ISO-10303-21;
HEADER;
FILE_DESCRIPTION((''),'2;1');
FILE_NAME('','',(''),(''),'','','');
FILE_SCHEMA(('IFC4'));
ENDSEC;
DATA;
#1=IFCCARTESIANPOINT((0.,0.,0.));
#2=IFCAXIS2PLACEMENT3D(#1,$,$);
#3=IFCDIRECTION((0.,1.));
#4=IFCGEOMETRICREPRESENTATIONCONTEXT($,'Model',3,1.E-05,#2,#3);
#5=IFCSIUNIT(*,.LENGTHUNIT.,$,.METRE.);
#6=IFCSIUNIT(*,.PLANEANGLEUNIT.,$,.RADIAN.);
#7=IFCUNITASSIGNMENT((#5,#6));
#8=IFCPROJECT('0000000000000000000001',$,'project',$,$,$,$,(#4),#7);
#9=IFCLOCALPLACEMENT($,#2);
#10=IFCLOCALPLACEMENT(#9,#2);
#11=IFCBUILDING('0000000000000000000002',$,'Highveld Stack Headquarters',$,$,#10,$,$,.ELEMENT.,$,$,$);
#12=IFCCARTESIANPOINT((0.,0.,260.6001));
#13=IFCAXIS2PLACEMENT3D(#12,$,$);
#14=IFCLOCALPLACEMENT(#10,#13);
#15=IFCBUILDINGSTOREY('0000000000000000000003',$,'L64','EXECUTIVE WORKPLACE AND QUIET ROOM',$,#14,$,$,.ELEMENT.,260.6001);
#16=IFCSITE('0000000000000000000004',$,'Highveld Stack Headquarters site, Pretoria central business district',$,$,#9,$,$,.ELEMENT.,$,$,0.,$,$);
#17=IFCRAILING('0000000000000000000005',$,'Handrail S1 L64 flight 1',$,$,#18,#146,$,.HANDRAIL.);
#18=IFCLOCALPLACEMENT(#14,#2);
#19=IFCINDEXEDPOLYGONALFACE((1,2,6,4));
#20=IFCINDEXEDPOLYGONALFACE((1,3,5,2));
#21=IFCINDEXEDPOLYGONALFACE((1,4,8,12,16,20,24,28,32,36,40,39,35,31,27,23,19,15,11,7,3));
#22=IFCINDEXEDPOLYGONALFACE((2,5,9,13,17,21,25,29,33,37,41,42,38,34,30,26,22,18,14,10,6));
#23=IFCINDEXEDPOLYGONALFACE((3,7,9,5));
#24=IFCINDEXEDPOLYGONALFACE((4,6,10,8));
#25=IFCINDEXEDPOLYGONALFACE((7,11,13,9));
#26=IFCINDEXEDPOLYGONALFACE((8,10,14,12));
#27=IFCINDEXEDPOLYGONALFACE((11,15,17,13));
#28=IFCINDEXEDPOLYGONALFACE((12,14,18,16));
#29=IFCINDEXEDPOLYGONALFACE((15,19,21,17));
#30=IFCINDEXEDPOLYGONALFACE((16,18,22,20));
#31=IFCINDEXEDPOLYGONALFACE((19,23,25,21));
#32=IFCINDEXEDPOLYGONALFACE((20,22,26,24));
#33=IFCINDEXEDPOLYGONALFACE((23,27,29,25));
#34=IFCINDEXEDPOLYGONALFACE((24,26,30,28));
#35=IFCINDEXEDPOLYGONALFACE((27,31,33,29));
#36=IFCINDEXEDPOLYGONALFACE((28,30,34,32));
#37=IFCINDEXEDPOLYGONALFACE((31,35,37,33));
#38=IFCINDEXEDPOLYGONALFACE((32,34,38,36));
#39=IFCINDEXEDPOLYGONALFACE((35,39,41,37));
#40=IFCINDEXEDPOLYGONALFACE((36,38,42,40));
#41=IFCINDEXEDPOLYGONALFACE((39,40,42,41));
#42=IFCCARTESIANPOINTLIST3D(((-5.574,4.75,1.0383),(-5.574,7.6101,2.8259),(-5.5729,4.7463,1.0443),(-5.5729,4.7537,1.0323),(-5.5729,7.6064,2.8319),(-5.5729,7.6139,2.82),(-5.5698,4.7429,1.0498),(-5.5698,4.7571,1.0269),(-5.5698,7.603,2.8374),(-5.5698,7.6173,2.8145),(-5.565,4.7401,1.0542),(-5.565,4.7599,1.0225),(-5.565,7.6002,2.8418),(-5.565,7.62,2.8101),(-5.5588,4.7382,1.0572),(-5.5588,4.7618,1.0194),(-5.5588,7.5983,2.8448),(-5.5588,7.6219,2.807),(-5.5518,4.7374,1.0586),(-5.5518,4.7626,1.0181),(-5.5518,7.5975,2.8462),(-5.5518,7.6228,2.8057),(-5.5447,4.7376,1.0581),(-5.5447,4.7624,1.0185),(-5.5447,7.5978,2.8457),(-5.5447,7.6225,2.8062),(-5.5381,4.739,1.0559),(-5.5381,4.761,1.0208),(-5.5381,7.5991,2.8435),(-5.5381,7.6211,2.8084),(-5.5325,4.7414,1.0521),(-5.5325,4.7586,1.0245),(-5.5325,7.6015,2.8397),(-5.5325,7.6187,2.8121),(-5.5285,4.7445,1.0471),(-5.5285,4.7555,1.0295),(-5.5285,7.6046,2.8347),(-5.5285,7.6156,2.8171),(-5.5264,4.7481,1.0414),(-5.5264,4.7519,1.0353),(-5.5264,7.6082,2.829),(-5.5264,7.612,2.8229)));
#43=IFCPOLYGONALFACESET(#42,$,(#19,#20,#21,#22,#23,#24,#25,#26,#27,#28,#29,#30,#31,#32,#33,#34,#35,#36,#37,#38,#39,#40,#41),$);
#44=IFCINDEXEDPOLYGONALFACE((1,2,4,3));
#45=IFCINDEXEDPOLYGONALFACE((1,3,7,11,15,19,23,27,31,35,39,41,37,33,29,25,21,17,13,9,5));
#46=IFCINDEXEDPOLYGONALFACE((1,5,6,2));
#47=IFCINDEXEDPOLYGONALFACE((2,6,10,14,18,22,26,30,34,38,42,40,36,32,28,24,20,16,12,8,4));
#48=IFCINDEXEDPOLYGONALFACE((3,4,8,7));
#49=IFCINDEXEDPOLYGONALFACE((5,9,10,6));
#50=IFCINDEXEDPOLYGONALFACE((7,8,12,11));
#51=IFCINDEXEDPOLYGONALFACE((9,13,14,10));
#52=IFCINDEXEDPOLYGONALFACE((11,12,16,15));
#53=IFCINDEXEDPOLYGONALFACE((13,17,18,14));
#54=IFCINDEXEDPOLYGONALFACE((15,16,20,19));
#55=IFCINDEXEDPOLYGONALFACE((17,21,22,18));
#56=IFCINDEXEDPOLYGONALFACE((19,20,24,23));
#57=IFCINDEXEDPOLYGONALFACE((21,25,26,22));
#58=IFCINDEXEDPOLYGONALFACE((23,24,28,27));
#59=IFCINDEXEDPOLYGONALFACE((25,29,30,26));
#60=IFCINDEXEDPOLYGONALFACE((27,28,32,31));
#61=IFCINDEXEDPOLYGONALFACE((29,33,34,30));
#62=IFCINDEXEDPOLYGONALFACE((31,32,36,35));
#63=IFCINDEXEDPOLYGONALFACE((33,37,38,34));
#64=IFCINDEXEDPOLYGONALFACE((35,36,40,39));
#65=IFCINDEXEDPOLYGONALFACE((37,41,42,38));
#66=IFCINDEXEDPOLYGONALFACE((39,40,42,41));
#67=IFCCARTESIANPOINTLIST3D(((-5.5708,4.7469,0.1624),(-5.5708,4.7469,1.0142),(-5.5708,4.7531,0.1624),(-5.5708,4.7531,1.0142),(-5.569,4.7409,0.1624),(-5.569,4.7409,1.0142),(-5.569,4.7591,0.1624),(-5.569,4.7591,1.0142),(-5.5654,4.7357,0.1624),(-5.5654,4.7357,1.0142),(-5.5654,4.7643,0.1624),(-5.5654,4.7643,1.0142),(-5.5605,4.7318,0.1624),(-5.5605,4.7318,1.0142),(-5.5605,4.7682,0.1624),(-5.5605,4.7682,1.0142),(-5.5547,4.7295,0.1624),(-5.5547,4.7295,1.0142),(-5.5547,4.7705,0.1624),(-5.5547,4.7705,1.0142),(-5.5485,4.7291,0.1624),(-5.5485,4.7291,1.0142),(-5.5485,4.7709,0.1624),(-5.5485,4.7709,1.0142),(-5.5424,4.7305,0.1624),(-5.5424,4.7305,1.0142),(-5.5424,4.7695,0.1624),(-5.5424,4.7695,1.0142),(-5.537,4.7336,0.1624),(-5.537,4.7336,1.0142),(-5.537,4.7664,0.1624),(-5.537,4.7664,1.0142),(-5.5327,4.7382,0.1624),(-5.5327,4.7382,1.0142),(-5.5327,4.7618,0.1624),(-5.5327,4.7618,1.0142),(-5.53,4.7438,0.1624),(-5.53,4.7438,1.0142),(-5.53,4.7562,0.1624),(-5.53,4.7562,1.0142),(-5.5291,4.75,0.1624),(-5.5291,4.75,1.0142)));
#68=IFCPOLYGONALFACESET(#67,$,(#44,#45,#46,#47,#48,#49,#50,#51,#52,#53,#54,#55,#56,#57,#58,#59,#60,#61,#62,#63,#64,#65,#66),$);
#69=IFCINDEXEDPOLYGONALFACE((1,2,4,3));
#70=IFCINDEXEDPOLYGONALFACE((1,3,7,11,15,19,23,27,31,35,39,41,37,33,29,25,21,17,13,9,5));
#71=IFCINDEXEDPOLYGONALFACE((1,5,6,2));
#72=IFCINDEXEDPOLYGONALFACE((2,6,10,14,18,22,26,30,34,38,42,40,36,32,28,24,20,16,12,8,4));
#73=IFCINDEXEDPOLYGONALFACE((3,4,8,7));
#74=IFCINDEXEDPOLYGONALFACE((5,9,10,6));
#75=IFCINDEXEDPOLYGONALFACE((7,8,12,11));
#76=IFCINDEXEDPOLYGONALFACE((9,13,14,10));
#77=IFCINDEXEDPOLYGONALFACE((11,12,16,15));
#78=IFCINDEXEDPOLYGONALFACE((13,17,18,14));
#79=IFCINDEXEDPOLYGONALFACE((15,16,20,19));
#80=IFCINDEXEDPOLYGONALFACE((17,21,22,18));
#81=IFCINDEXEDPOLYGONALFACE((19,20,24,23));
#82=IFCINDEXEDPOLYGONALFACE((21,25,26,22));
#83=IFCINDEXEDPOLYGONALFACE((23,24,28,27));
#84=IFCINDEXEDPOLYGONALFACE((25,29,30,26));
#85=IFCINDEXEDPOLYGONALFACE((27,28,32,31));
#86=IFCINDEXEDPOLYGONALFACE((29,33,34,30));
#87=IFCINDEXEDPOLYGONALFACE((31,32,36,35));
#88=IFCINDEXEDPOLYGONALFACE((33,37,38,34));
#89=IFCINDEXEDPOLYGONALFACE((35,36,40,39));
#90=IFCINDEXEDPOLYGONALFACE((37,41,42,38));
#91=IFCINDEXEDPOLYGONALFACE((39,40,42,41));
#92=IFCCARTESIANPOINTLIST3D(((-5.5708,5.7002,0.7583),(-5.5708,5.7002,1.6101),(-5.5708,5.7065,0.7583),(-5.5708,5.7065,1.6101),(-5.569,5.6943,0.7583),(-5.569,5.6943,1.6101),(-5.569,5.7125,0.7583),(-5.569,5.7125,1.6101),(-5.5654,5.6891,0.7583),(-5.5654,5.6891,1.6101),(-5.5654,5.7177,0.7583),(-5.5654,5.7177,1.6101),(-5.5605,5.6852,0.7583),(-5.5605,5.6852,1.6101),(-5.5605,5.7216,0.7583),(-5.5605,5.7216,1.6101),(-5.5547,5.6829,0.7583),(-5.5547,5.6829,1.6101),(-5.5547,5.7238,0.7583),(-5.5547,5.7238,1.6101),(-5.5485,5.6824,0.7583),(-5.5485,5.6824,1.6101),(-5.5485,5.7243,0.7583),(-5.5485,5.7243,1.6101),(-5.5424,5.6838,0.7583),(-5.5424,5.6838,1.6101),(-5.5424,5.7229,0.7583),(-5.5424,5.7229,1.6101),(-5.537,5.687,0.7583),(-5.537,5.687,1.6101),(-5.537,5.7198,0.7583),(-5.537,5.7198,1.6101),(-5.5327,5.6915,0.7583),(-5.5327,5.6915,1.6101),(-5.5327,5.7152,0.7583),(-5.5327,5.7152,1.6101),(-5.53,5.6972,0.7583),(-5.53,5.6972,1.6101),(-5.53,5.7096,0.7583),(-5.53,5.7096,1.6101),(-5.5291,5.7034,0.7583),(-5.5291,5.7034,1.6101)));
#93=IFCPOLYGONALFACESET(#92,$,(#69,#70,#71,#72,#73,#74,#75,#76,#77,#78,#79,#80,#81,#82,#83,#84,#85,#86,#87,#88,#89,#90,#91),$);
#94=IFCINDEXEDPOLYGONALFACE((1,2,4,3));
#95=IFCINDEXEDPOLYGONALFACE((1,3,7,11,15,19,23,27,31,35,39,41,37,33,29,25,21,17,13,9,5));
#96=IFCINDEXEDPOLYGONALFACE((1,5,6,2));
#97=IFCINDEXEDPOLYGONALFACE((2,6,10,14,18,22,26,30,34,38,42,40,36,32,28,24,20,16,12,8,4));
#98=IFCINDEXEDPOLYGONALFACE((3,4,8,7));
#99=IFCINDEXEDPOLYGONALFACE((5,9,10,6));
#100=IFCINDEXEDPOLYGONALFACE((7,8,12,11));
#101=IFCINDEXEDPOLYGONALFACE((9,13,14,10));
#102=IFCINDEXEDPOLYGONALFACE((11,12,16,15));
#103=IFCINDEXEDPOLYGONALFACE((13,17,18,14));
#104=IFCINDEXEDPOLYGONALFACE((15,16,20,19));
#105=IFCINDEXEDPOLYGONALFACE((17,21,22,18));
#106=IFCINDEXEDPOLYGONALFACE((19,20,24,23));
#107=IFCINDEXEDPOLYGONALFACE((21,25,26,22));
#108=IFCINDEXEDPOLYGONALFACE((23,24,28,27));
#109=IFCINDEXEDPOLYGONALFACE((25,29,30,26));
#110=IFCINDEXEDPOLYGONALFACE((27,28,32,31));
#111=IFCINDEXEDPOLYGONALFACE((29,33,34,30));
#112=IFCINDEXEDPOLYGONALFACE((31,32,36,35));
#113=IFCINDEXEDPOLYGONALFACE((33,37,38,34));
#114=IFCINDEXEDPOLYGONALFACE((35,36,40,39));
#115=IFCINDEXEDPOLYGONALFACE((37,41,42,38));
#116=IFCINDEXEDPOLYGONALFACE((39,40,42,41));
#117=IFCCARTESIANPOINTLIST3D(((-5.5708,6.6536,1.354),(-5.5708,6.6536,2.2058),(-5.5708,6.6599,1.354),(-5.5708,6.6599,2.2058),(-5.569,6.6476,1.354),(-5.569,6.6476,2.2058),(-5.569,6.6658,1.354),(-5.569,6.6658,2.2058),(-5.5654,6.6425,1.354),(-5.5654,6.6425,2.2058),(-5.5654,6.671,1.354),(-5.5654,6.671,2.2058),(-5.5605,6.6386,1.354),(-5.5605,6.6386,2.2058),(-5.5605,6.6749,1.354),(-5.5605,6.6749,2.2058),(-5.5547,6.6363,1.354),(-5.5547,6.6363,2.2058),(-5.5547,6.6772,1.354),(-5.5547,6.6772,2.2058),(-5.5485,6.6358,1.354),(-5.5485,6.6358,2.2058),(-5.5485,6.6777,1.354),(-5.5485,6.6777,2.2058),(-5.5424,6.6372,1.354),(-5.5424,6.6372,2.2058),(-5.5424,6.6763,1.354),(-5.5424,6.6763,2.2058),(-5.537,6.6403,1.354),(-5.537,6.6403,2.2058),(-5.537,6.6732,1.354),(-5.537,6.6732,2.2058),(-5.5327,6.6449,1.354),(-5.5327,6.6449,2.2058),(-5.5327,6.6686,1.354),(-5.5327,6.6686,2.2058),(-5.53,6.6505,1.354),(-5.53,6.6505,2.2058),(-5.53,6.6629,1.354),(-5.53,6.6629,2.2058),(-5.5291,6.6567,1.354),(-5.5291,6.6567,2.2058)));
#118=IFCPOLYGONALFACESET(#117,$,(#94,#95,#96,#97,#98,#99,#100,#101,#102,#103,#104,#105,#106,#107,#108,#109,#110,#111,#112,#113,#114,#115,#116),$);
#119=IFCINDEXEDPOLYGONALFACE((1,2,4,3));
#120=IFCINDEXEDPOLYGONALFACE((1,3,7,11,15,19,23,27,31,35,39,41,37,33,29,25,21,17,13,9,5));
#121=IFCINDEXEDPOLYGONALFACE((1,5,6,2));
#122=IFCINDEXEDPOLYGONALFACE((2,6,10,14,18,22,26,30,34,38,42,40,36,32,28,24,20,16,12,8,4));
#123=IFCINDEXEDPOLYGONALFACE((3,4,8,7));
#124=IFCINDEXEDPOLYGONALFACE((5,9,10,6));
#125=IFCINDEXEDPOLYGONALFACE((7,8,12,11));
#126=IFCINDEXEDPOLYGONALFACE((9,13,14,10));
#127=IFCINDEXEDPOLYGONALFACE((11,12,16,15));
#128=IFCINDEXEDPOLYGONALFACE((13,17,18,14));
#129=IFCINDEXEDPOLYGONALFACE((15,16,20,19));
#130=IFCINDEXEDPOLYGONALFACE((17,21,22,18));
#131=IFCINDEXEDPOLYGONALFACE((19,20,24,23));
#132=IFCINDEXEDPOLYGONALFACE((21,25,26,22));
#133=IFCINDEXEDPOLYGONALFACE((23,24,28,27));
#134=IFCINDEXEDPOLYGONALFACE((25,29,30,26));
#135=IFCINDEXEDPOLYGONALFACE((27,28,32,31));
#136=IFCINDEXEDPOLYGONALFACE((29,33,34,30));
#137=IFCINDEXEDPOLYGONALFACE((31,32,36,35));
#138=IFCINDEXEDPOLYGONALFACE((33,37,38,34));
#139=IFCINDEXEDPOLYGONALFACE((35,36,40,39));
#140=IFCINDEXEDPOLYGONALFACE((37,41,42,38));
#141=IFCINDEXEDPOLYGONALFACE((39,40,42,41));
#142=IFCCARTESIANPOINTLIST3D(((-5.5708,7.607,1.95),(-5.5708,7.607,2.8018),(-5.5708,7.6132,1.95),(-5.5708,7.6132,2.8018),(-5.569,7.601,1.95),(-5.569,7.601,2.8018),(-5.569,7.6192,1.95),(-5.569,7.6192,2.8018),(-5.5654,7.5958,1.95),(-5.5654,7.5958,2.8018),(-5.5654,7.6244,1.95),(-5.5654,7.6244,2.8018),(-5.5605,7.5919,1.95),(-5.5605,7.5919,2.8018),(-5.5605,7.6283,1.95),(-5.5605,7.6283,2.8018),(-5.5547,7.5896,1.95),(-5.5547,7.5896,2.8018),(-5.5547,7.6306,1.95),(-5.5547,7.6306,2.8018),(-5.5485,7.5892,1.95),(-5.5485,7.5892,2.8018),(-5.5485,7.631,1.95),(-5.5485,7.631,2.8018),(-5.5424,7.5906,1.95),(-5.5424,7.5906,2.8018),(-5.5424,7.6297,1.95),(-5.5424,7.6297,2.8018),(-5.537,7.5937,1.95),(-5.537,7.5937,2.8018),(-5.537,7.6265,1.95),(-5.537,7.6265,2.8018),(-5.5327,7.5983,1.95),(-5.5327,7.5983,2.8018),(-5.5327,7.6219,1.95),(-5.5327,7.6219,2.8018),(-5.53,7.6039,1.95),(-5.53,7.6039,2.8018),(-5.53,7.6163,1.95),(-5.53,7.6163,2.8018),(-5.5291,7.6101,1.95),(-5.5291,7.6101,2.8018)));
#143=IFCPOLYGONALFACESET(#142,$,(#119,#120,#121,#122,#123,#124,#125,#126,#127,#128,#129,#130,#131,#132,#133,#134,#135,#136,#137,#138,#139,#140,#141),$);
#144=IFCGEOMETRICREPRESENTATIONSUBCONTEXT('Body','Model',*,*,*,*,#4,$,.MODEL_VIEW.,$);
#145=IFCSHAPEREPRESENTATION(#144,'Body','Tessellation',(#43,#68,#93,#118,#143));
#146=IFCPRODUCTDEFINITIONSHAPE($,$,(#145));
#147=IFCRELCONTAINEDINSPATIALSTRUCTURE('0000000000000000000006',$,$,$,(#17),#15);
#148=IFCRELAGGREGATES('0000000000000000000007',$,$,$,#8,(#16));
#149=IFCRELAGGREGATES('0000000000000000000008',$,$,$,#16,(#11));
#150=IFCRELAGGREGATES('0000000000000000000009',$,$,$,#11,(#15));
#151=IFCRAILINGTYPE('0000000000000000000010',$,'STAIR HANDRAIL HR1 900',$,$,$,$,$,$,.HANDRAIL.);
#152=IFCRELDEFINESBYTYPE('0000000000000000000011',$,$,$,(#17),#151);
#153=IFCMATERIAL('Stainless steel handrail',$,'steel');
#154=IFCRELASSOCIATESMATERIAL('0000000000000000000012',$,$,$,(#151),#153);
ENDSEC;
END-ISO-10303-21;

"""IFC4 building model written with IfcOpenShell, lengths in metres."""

from ifc_helpers import new_model, si_unit, direction, frame, origin, origin_2d, place, context, subcontext, project, spatial, circle, extrude, material, type_object, element, save


model = new_model("IFC4")

# Units and contexts
model_context = context("Model", 3, precision=1e-05, world=origin(), true_north=direction((0.0, 1.0)))
body_context = subcontext(model_context, "Body", "Model", "MODEL_VIEW")
ifc_project = project(units=[si_unit("LENGTHUNIT", "METRE"), si_unit("PLANEANGLEUNIT", "RADIAN")], contexts=[model_context])

# Site, building, storey
site_placement = place(None, origin())
site = spatial("IfcSite", under=ifc_project, at=site_placement, Name="Highveld Stack Headquarters site, Pretoria central business district", CompositionType="ELEMENT", RefElevation=0.0)
building_placement = place(site_placement, origin())
building = spatial("IfcBuilding", under=site, at=building_placement, Name="Highveld Stack Headquarters", CompositionType="ELEMENT")
storey_placement = place(building_placement, frame((0.0, 0.0, 260.6001)))
storey = spatial("IfcBuildingStorey", under=building, at=storey_placement, Name="L64", Description="EXECUTIVE WORKPLACE AND QUIET ROOM", CompositionType="ELEMENT", Elevation=260.6001)

# Railing
ifc_material_1 = material(Name="Stainless steel handrail", Category="steel")
railing_type = type_object("IfcRailingType", Name="STAIR HANDRAIL HR1 900", PredefinedType="HANDRAIL", material=ifc_material_1)
for number, where, name in (
    (1, (-5.55, 4.75, 0.1624), "Handrail S1 L64 flight 1"),
):
    element("IfcRailing", number, at=place(storey_placement, frame(where)), inside=storey, type_object=railing_type, Name=name, PredefinedType="HANDRAIL", context=body_context, shape_type="SweptSolid", body=[
        extrude(circle(Radius=0.0239, at=origin_2d()), frame((0.0, 0.0, 0.876), z_axis=(0.0, 0.847994, 0.530005), x_axis=(-1.0, 0.0, 0.0)), (0.0, 0.0, 1.0), 3.3728),
        extrude(circle(Radius=0.021, at=origin_2d()), origin(), (0.0, 0.0, 1.0), 0.8518),
        extrude(circle(Radius=0.021, at=origin_2d()), frame((0.0, 0.9534, 0.5959)), (0.0, 0.0, 1.0), 0.8518),
        extrude(circle(Radius=0.021, at=origin_2d()), frame((0.0, 1.9067, 1.1917)), (0.0, 0.0, 1.0), 0.8518),
        extrude(circle(Radius=0.021, at=origin_2d()), frame((0.0, 2.8601, 1.7876)), (0.0, 0.0, 1.0), 0.8518),
    ])

save(model, "model.ifc")
